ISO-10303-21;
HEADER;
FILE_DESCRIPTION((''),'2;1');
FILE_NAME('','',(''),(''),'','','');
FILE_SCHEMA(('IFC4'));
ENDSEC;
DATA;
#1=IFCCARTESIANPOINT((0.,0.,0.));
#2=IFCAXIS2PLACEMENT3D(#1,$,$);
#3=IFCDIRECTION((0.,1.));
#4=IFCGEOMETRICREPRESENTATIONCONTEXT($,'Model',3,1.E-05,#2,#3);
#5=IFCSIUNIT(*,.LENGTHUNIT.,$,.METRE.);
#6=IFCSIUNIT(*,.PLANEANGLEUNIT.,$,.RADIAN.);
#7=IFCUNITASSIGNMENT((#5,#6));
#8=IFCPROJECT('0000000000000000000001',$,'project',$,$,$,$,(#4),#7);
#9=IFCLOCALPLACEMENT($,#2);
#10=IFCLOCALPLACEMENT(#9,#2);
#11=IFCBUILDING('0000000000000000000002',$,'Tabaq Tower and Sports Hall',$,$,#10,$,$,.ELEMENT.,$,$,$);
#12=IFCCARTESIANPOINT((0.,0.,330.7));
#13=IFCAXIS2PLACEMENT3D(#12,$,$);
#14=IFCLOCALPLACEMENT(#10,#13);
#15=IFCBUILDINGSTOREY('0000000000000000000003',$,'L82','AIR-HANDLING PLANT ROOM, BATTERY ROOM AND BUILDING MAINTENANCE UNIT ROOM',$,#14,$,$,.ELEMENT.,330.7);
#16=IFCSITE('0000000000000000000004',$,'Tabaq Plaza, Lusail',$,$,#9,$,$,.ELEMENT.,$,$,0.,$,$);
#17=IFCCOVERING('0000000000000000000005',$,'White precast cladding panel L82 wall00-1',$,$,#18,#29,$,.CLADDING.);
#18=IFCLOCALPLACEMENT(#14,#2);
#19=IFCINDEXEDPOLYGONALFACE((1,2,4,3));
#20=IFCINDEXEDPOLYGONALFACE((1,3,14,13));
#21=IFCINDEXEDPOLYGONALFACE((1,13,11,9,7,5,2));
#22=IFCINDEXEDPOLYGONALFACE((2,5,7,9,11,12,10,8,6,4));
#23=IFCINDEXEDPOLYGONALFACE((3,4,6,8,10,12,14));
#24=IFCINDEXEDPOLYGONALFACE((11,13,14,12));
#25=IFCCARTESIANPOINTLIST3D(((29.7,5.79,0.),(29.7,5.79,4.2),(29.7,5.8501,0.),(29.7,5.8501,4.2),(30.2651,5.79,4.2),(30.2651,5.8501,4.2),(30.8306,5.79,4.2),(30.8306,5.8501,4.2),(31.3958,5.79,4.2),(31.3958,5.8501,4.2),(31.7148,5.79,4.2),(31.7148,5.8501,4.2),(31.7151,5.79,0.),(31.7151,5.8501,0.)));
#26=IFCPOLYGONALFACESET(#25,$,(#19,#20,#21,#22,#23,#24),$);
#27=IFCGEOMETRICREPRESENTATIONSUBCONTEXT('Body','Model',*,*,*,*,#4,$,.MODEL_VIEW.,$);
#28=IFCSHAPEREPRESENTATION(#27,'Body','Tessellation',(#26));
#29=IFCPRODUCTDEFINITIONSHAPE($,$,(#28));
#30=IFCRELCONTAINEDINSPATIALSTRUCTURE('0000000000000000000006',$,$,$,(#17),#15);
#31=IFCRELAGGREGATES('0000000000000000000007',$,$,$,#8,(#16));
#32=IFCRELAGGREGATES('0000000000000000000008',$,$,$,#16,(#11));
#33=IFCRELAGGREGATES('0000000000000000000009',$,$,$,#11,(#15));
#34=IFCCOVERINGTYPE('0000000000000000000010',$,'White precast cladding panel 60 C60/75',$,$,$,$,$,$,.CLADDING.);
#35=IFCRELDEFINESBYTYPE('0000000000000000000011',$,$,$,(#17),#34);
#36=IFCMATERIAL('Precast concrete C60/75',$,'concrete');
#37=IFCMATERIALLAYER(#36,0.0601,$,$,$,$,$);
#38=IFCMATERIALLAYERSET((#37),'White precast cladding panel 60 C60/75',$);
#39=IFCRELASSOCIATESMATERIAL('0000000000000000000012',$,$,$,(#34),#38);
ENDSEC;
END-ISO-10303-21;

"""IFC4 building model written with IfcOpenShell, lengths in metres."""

from ifc_helpers import new_model, si_unit, direction, frame, origin, place, context, subcontext, project, spatial, polyline, outline, extrude, material, layer, layer_set, type_object, element, save


model = new_model("IFC4")

# Units and contexts
model_context = context("Model", 3, precision=1e-05, world=origin(), true_north=direction((0.0, 1.0)))
body_context = subcontext(model_context, "Body", "Model", "MODEL_VIEW")
ifc_project = project(units=[si_unit("LENGTHUNIT", "METRE"), si_unit("PLANEANGLEUNIT", "RADIAN")], contexts=[model_context])

# Site, building, storey
site_placement = place(None, origin())
site = spatial("IfcSite", under=ifc_project, at=site_placement, Name="Tabaq Plaza, Lusail", CompositionType="ELEMENT", RefElevation=0.0)
building_placement = place(site_placement, origin())
building = spatial("IfcBuilding", under=site, at=building_placement, Name="Tabaq Tower and Sports Hall", CompositionType="ELEMENT")
storey_placement = place(building_placement, frame((0.0, 0.0, 330.7)))
storey = spatial("IfcBuildingStorey", under=building, at=storey_placement, Name="L82", Description="AIR-HANDLING PLANT ROOM, BATTERY ROOM AND BUILDING MAINTENANCE UNIT ROOM", CompositionType="ELEMENT", Elevation=330.7)

# Covering
ifc_material_1 = material(Name="Precast concrete C60/75", Category="concrete")
ifc_layer_1 = layer(ifc_material_1, 0.0601)
ifc_layer_set_1 = layer_set([ifc_layer_1], Name="White precast cladding panel 60 C60/75")
covering_type = type_object("IfcCoveringType", Name="White precast cladding panel 60 C60/75", PredefinedType="CLADDING", material=ifc_layer_set_1)
covering_1_placement = place(storey_placement, frame((29.7, 5.8201, 0.0), z_axis=(0.0, 0.0, 1.0), x_axis=(1.0, 0.0, 0.0)))
element("IfcCovering", 1, at=covering_1_placement, inside=storey, type_object=covering_type, Name="White precast cladding panel L82 wall00-1", PredefinedType="CLADDING", context=body_context, shape_type="SweptSolid", body=[
    extrude(outline(polyline([(0.0, 0.0), (2.0151, 0.0), (2.0149, 4.2), (1.6958, 4.2), (1.1306, 4.2), (0.5652, 4.2), (0.0, 4.2), (0.0, 0.0)])), frame((0.0, 0.03, 0.0), z_axis=(0.0, -1.0, 0.0), x_axis=(1.0, 0.0, 0.0)), (0.0, 0.0, 1.0), 0.0601),
])

save(model, "model.ifc")
